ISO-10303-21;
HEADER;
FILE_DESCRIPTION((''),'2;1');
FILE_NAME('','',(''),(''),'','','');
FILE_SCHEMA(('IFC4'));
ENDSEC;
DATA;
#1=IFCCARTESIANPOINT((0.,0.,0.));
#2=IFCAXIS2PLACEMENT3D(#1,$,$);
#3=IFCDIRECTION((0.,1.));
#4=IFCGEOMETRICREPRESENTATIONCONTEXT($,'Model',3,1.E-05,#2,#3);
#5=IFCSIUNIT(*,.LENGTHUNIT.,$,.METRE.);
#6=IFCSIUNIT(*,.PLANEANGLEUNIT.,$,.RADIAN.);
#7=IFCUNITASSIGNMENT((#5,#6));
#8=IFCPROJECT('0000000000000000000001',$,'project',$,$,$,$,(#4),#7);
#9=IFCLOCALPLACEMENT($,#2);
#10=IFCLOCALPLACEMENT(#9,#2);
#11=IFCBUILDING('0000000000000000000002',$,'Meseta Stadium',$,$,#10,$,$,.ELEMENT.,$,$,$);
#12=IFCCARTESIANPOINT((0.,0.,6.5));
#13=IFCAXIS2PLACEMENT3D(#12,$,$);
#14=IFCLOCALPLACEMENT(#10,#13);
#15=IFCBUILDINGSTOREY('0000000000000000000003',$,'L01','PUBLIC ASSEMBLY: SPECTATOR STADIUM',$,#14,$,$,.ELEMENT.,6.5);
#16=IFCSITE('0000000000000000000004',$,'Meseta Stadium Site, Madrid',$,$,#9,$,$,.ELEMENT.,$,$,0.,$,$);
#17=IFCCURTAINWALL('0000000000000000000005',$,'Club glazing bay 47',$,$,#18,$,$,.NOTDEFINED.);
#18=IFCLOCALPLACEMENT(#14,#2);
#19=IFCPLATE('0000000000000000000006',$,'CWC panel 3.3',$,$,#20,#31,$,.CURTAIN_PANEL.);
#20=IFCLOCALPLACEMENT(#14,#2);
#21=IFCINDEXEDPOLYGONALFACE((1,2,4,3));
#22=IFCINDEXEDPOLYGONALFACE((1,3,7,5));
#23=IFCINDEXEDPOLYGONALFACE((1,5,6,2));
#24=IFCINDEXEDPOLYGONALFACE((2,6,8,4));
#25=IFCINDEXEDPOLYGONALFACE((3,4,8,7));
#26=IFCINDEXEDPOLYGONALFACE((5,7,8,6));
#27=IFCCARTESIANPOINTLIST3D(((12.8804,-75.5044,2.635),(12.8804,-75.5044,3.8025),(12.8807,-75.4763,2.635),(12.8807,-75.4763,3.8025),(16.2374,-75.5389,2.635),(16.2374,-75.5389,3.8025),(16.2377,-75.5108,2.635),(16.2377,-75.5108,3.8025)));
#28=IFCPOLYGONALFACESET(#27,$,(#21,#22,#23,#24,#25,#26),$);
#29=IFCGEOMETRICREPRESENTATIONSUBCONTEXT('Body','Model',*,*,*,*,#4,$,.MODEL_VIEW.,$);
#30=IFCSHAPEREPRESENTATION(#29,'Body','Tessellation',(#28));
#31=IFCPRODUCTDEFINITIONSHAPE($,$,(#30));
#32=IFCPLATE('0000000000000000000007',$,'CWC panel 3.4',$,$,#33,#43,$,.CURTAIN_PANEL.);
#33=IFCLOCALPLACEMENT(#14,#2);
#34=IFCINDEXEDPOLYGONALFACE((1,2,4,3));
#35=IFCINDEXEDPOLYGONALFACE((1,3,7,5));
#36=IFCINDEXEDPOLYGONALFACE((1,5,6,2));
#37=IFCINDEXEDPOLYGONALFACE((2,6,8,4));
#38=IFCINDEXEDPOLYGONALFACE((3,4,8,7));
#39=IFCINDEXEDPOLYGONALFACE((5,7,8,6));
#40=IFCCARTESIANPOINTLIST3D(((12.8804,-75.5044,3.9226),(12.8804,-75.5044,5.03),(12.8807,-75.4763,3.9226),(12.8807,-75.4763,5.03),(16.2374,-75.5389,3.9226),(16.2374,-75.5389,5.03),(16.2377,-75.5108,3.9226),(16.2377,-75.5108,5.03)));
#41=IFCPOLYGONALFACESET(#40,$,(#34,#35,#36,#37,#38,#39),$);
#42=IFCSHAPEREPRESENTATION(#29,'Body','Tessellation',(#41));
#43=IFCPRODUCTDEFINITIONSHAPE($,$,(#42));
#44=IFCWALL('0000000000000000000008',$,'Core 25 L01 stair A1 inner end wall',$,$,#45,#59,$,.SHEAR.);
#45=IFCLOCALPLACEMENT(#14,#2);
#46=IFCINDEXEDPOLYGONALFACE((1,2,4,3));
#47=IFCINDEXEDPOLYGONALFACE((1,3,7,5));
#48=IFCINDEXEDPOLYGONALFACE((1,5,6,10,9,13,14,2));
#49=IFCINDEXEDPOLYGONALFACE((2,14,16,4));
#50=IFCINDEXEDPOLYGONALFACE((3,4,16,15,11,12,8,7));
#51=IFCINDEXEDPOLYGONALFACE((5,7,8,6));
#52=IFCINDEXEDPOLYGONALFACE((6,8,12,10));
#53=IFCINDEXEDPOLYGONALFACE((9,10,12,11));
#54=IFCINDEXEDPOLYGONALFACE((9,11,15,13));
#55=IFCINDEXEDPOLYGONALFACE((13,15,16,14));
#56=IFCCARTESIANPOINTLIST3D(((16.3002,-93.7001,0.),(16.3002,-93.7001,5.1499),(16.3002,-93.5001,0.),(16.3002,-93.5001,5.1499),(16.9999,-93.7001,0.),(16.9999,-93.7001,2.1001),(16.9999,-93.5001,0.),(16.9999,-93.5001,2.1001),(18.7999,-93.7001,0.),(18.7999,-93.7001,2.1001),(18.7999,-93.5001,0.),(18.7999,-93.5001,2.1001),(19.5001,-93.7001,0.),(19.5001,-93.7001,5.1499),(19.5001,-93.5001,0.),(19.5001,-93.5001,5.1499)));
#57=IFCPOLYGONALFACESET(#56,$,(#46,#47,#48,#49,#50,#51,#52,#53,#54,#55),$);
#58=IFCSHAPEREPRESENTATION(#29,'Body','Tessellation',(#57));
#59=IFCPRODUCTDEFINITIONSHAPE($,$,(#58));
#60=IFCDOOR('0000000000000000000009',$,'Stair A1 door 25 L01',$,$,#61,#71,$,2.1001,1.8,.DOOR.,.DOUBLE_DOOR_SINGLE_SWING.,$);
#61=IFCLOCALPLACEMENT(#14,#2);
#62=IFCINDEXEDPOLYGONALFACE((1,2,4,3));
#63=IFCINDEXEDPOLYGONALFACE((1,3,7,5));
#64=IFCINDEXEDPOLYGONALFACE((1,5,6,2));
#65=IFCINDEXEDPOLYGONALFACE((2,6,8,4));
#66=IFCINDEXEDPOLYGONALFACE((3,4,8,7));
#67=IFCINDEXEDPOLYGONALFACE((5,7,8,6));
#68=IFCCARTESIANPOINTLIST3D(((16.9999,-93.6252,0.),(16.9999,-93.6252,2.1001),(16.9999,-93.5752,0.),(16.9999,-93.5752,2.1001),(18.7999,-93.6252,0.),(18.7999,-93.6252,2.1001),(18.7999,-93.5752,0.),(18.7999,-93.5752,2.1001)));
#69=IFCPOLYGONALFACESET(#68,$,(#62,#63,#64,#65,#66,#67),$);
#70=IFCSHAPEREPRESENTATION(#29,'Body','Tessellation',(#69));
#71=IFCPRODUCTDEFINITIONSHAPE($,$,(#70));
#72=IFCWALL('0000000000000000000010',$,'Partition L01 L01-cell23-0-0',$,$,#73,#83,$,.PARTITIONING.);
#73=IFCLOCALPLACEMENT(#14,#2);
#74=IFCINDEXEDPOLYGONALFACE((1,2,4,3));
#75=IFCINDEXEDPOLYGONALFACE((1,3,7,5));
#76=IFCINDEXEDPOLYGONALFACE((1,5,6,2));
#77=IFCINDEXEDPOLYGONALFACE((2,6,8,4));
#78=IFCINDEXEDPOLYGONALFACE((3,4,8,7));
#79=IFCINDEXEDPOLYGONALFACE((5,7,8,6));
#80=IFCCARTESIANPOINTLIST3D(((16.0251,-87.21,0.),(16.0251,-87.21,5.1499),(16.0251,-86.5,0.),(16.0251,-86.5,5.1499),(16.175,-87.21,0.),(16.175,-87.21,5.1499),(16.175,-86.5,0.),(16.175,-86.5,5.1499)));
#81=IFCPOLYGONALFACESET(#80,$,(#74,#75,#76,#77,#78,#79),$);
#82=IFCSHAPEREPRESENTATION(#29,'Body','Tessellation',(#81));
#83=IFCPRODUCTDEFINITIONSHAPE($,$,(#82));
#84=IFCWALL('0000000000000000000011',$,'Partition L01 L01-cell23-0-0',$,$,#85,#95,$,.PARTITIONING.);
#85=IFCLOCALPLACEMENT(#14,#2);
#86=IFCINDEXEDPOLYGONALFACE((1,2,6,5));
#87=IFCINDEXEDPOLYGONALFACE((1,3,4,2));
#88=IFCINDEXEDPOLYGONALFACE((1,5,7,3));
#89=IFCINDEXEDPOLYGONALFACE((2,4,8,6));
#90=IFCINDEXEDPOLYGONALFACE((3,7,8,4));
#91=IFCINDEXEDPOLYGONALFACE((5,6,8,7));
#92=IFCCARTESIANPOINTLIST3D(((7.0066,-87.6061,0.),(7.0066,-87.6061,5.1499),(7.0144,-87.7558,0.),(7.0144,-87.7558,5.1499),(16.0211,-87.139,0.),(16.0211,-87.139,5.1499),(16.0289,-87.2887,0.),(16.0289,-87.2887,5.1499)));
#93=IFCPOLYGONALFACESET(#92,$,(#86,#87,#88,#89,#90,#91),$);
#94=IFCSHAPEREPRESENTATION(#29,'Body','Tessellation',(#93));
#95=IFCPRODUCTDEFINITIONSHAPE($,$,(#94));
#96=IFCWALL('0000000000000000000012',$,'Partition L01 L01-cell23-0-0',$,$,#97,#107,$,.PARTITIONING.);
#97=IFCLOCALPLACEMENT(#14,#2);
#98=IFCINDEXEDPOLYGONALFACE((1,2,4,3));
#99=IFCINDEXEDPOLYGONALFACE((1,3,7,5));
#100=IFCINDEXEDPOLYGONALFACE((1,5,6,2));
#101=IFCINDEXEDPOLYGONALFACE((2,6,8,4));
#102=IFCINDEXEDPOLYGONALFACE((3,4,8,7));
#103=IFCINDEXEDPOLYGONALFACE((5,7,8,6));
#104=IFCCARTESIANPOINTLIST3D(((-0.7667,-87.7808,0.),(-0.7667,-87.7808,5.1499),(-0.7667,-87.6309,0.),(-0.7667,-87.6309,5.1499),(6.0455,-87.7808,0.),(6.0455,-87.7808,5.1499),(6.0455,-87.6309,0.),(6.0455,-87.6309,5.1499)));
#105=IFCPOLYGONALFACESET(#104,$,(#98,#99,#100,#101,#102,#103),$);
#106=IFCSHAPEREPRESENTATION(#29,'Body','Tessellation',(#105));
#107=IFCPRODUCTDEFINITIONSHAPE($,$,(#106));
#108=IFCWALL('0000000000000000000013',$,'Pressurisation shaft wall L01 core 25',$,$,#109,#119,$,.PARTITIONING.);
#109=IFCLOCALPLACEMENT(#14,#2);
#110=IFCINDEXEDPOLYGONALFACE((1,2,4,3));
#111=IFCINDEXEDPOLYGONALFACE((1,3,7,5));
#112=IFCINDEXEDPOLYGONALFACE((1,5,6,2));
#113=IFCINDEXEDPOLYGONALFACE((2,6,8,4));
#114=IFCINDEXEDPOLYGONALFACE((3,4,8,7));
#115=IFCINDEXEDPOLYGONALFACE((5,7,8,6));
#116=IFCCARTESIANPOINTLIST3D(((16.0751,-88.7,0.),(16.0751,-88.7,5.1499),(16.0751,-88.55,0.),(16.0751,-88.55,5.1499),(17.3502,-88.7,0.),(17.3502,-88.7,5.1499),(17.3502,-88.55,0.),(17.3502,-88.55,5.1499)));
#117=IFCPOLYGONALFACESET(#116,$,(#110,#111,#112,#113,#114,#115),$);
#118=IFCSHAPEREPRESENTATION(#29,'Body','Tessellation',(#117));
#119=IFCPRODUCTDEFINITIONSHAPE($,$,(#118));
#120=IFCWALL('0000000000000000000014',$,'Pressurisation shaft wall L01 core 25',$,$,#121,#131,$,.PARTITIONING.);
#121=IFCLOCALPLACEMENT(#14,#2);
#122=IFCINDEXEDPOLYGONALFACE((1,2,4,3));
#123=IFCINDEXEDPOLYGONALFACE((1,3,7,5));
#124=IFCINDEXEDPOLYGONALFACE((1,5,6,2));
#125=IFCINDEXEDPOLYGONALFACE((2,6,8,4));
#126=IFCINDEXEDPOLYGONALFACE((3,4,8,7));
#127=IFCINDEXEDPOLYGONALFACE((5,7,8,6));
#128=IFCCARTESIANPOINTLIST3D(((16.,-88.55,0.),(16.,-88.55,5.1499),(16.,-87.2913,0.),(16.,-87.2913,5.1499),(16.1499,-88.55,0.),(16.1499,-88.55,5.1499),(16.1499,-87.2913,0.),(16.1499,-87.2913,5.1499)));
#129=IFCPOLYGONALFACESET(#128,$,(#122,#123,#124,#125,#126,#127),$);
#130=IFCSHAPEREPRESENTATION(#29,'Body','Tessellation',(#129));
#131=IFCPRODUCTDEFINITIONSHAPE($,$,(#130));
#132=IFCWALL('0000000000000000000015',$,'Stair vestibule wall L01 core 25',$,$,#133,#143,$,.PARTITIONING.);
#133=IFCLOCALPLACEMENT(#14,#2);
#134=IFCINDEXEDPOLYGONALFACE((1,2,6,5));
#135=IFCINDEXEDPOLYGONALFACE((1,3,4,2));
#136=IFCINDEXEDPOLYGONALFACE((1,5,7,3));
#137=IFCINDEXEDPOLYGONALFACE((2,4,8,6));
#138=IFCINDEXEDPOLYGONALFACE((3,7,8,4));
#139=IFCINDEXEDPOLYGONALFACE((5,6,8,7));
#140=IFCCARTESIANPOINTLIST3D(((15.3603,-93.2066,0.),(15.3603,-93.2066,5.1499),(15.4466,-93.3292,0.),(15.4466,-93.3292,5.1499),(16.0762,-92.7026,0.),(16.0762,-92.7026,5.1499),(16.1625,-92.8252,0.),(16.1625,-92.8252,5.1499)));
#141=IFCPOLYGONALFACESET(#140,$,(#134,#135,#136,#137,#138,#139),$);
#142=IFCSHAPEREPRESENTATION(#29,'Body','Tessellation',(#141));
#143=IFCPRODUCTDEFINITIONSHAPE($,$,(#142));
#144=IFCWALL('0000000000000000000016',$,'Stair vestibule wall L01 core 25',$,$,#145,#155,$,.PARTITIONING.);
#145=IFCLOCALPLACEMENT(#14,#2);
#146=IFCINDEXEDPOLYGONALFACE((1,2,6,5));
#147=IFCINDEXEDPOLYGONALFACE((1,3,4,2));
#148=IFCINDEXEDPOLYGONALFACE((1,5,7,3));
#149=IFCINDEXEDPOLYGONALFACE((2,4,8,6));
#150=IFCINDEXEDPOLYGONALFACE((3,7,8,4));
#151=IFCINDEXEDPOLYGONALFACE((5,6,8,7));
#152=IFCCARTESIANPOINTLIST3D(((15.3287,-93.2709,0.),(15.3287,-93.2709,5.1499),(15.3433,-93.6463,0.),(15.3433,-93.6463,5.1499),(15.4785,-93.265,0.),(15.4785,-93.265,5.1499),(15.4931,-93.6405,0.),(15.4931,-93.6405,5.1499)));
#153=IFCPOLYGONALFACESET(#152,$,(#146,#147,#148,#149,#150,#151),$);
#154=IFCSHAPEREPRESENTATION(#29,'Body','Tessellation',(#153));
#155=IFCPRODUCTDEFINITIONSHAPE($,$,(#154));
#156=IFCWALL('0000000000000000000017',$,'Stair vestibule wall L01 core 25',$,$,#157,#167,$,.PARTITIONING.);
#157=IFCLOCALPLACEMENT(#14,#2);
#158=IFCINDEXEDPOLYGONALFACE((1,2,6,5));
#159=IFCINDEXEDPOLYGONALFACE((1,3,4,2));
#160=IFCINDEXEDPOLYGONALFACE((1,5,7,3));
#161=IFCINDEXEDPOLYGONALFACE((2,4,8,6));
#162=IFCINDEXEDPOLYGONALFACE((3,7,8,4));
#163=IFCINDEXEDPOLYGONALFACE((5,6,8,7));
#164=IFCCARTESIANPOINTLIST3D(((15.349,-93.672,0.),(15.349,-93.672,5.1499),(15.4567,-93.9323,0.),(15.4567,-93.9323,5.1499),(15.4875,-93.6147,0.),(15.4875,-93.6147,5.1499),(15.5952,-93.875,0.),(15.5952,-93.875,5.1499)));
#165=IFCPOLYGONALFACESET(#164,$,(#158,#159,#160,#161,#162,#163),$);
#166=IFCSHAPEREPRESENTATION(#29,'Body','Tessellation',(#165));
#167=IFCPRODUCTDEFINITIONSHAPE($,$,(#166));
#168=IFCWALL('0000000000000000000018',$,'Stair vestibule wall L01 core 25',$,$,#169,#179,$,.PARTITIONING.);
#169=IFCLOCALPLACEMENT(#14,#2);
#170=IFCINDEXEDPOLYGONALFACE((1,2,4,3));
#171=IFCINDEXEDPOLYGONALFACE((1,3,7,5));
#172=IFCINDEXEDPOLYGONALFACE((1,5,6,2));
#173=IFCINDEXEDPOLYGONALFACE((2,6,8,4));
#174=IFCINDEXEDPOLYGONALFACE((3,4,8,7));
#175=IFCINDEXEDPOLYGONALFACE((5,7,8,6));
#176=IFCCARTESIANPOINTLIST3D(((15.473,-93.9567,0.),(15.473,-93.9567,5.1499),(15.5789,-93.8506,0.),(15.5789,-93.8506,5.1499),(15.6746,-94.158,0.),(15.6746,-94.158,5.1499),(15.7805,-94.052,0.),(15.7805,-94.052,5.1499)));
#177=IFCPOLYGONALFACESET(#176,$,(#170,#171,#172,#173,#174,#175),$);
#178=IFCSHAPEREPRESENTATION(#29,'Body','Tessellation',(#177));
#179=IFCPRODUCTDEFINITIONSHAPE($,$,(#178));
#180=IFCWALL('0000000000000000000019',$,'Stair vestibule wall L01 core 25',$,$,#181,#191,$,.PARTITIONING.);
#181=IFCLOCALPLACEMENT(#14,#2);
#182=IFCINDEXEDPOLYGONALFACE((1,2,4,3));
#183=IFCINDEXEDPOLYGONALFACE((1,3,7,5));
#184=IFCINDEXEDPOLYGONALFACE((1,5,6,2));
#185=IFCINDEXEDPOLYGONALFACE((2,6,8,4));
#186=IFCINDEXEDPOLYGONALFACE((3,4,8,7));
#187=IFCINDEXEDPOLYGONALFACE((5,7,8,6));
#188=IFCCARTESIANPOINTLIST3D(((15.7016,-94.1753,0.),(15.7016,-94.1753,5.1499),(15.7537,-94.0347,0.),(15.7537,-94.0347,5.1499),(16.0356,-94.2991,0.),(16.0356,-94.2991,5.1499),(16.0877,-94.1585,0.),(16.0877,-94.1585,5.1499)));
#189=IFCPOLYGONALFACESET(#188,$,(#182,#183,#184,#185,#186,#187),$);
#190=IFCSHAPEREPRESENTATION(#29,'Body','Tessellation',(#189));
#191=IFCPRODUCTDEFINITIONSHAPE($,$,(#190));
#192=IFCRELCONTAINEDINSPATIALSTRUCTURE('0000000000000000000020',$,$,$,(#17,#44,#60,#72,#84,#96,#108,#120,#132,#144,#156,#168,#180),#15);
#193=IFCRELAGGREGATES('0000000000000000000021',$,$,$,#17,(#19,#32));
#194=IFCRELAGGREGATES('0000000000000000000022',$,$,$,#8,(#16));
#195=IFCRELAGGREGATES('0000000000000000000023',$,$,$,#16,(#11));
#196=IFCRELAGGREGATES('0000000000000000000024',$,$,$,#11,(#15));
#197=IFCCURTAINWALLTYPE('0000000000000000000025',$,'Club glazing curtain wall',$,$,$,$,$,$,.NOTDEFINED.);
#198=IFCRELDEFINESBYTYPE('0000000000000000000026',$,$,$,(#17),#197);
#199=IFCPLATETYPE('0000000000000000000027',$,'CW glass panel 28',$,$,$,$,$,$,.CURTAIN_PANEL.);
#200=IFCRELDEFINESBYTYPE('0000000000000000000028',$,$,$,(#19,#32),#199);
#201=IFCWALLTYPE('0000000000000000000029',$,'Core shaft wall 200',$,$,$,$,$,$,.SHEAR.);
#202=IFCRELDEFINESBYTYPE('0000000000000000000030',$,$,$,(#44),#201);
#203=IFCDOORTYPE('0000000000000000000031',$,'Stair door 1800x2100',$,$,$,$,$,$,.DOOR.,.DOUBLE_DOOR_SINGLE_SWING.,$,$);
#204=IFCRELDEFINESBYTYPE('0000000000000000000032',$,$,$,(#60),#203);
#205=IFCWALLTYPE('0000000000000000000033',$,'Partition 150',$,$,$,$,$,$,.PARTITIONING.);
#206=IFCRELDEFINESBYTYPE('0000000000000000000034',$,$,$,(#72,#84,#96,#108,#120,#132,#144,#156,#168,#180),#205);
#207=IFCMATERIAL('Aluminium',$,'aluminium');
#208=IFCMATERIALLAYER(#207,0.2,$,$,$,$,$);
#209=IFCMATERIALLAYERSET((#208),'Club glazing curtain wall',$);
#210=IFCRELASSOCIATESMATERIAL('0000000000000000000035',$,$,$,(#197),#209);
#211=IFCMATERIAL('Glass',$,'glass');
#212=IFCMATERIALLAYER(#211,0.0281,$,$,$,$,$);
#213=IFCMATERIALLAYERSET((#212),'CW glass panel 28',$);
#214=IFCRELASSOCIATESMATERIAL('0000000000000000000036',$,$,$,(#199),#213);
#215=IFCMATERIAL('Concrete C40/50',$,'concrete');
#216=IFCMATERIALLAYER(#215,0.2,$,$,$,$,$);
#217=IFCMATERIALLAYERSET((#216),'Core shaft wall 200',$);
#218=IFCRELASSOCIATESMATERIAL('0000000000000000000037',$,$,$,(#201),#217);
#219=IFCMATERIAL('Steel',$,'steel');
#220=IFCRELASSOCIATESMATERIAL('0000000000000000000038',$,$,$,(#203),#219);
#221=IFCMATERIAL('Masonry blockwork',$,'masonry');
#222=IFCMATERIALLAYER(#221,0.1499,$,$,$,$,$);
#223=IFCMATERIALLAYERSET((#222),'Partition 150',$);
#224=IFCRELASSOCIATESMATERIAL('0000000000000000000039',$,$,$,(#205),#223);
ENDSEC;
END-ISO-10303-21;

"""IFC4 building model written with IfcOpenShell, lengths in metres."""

from ifc_helpers import new_model, si_unit, direction, frame, frame_2d, origin, origin_2d, place, context, subcontext, project, spatial, rectangle, extrude, material, layer, layer_set, type_object, element, fill, aggregate, save


model = new_model("IFC4")

# Units and contexts
model_context = context("Model", 3, precision=1e-05, world=origin(), true_north=direction((0.0, 1.0)))
body_context = subcontext(model_context, "Body", "Model", "MODEL_VIEW")
ifc_project = project(units=[si_unit("LENGTHUNIT", "METRE"), si_unit("PLANEANGLEUNIT", "RADIAN")], contexts=[model_context])

# Site, building, storey
site_placement = place(None, origin())
site = spatial("IfcSite", under=ifc_project, at=site_placement, Name="Meseta Stadium Site, Madrid", CompositionType="ELEMENT", RefElevation=0.0)
building_placement = place(site_placement, origin())
building = spatial("IfcBuilding", under=site, at=building_placement, Name="Meseta Stadium", CompositionType="ELEMENT")
storey_placement = place(building_placement, frame((0.0, 0.0, 6.5)))
storey = spatial("IfcBuildingStorey", under=building, at=storey_placement, Name="L01", Description="PUBLIC ASSEMBLY: SPECTATOR STADIUM", CompositionType="ELEMENT", Elevation=6.5)

# Curtain wall
ifc_material_1 = material(Name="Aluminium", Category="aluminium")
ifc_layer_1 = layer(ifc_material_1, 0.2)
ifc_layer_set_1 = layer_set([ifc_layer_1], Name="Club glazing curtain wall")
curtain_wall_type = type_object("IfcCurtainWallType", Name="Club glazing curtain wall", PredefinedType="NOTDEFINED", material=ifc_layer_set_1)
curtain_wall_placement = place(storey_placement, origin())
curtain_wall = element("IfcCurtainWall", 1, at=curtain_wall_placement, inside=storey, type_object=curtain_wall_type, Name="Club glazing bay 47", PredefinedType="NOTDEFINED")

# Plates
ifc_material_2 = material(Name="Glass", Category="glass")
ifc_layer_2 = layer(ifc_material_2, 0.0281)
ifc_layer_set_2 = layer_set([ifc_layer_2], Name="CW glass panel 28")
plate_type = type_object("IfcPlateType", Name="CW glass panel 28", PredefinedType="CURTAIN_PANEL", material=ifc_layer_set_2)
plate_1_placement = place(storey_placement, frame((14.5591, -75.5076, 2.635), z_axis=(0.0, 0.0, 1.0), x_axis=(0.999947, -0.010279, 0.0)))
plate_1 = element("IfcPlate", 2, at=plate_1_placement, type_object=plate_type, Name="CWC panel 3.3", PredefinedType="CURTAIN_PANEL", context=body_context, shape_type="SweptSolid", body=[
    extrude(rectangle(XDim=3.3572, YDim=0.0281, at=origin_2d()), origin(), (0.0, 0.0, 1.0), 1.1675),
])
plate_2_placement = place(storey_placement, frame((14.5591, -75.5076, 3.9226), z_axis=(0.0, 0.0, 1.0), x_axis=(0.999947, -0.010279, 0.0)))
plate_2 = element("IfcPlate", 3, at=plate_2_placement, type_object=plate_type, Name="CWC panel 3.4", PredefinedType="CURTAIN_PANEL", context=body_context, shape_type="SweptSolid", body=[
    extrude(rectangle(XDim=3.3572, YDim=0.0281, at=origin_2d()), origin(), (0.0, 0.0, 1.0), 1.1074),
])
aggregate(curtain_wall, [plate_1, plate_2])

# Wall, opening, door
ifc_material_3 = material(Name="Concrete C40/50", Category="concrete")
ifc_layer_3 = layer(ifc_material_3, 0.2)
ifc_layer_set_3 = layer_set([ifc_layer_3], Name="Core shaft wall 200")
wall_type_1 = type_object("IfcWallType", Name="Core shaft wall 200", PredefinedType="SHEAR", material=ifc_layer_set_3)
wall_1_placement = place(storey_placement, frame((16.3, -93.6001, 0.0), z_axis=(0.0, 0.0, 1.0), x_axis=(1.0, 0.0, 0.0)))
wall_1 = element("IfcWall", 4, at=wall_1_placement, inside=storey, type_object=wall_type_1, Name="Core 25 L01 stair A1 inner end wall", PredefinedType="SHEAR", context=body_context, shape_type="SweptSolid", body=[
    extrude(rectangle(XDim=3.2, YDim=0.2, at=frame_2d((1.6001, 0.0))), origin(), (0.0, 0.0, 1.0), 5.1499),
])
opening_placement = place(wall_1_placement, frame((0.7, 0.0, 0.0)))
opening = element("IfcOpeningElement", 5, at=opening_placement, cuts=wall_1, PredefinedType="OPENING", context=body_context, shape_type="SweptSolid", body=[
    extrude(rectangle(XDim=1.8, YDim=2.1001, at=frame_2d((0.8999, 1.05))), frame((0.0, 0.1099, 0.0), z_axis=(0.0, -1.0, 0.0), x_axis=(1.0, 0.0, 0.0)), (0.0, 0.0, 1.0), 0.22),
])
ifc_material_4 = material(Name="Steel", Category="steel")
door_type = type_object("IfcDoorType", Name="Stair door 1800x2100", OperationType="DOUBLE_DOOR_SINGLE_SWING", PredefinedType="DOOR", material=ifc_material_4)
door_placement = place(opening_placement, origin())
door = element("IfcDoor", 6, at=door_placement, inside=storey, type_object=door_type, Name="Stair A1 door 25 L01", OperationType="DOUBLE_DOOR_SINGLE_SWING", OverallHeight=2.1001, OverallWidth=1.8, PredefinedType="DOOR", context=body_context, shape_type="SweptSolid", body=[
    extrude(rectangle(XDim=1.8, YDim=2.1001, at=frame_2d((0.8999, 1.05))), frame((0.0, 0.0249, 0.0), z_axis=(0.0, -1.0, 0.0), x_axis=(1.0, 0.0, 0.0)), (0.0, 0.0, 1.0), 0.05),
])
fill(opening, door)

# Walls
ifc_material_5 = material(Name="Masonry blockwork", Category="masonry")
ifc_layer_4 = layer(ifc_material_5, 0.1499)
ifc_layer_set_4 = layer_set([ifc_layer_4], Name="Partition 150")
wall_type_2 = type_object("IfcWallType", Name="Partition 150", PredefinedType="PARTITIONING", material=ifc_layer_set_4)
wall_2_placement = place(storey_placement, frame((16.1001, -86.5, 0.0), z_axis=(0.0, 0.0, 1.0), x_axis=(0.0, -1.0, 0.0)))
element("IfcWall", 7, at=wall_2_placement, inside=storey, type_object=wall_type_2, Name="Partition L01 L01-cell23-0-0", PredefinedType="PARTITIONING", context=body_context, shape_type="SweptSolid", body=[
    extrude(rectangle(XDim=0.71, YDim=0.1499, at=frame_2d((0.355, 0.0))), origin(), (0.0, 0.0, 1.0), 5.1499),
])
wall_3_placement = place(storey_placement, frame((16.0249, -87.2139, 0.0), z_axis=(0.0, 0.0, 1.0), x_axis=(-0.998661, -0.051741, 0.0)))
element("IfcWall", 8, at=wall_3_placement, inside=storey, type_object=wall_type_2, Name="Partition L01 L01-cell23-0-0", PredefinedType="PARTITIONING", context=body_context, shape_type="SweptSolid", body=[
    extrude(rectangle(XDim=9.0266, YDim=0.1499, at=frame_2d((4.5132, 0.0))), origin(), (0.0, 0.0, 1.0), 5.1499),
])
wall_4_placement = place(storey_placement, frame((6.0457, -87.7058, 0.0), z_axis=(0.0, 0.0, 1.0), x_axis=(-1.0, 0.0, 0.0)))
element("IfcWall", 9, at=wall_4_placement, inside=storey, type_object=wall_type_2, Name="Partition L01 L01-cell23-0-0", PredefinedType="PARTITIONING", context=body_context, shape_type="SweptSolid", body=[
    extrude(rectangle(XDim=6.8123, YDim=0.1499, at=frame_2d((3.4062, 0.0))), origin(), (0.0, 0.0, 1.0), 5.1499),
])
wall_5_placement = place(storey_placement, frame((16.075, -88.625, 0.0), z_axis=(0.0, 0.0, 1.0), x_axis=(1.0, 0.0, 0.0)))
element("IfcWall", 10, at=wall_5_placement, inside=storey, type_object=wall_type_2, Name="Pressurisation shaft wall L01 core 25", PredefinedType="PARTITIONING", context=body_context, shape_type="SweptSolid", body=[
    extrude(rectangle(XDim=1.2751, YDim=0.1499, at=frame_2d((0.6377, 0.0))), origin(), (0.0, 0.0, 1.0), 5.1499),
])
wall_6_placement = place(storey_placement, frame((16.075, -87.2913, 0.0), z_axis=(0.0, 0.0, 1.0), x_axis=(0.0, -1.0, 0.0)))
element("IfcWall", 11, at=wall_6_placement, inside=storey, type_object=wall_type_2, Name="Pressurisation shaft wall L01 core 25", PredefinedType="PARTITIONING", context=body_context, shape_type="SweptSolid", body=[
    extrude(rectangle(XDim=1.2588, YDim=0.1499, at=frame_2d((0.6294, 0.0))), origin(), (0.0, 0.0, 1.0), 5.1499),
])
wall_7_placement = place(storey_placement, frame((16.1194, -92.7639, 0.0), z_axis=(0.0, 0.0, 1.0), x_axis=(-0.817709, -0.575632, 0.0)))
element("IfcWall", 12, at=wall_7_placement, inside=storey, type_object=wall_type_2, Name="Stair vestibule wall L01 core 25", PredefinedType="PARTITIONING", context=body_context, shape_type="SweptSolid", body=[
    extrude(rectangle(XDim=0.8755, YDim=0.1499, at=frame_2d((0.4377, 0.0))), origin(), (0.0, 0.0, 1.0), 5.1499),
])
wall_8_placement = place(storey_placement, frame((15.4036, -93.2678, 0.0), z_axis=(0.0, 0.0, 1.0), x_axis=(0.038982, -0.99924, 0.0)))
element("IfcWall", 13, at=wall_8_placement, inside=storey, type_object=wall_type_2, Name="Stair vestibule wall L01 core 25", PredefinedType="PARTITIONING", context=body_context, shape_type="SweptSolid", body=[
    extrude(rectangle(XDim=0.3757, YDim=0.1499, at=frame_2d((0.188, 0.0))), origin(), (0.0, 0.0, 1.0), 5.1499),
])
wall_9_placement = place(storey_placement, frame((15.4182, -93.6433, 0.0), z_axis=(0.0, 0.0, 1.0), x_axis=(0.382275, -0.924049, 0.0)))
element("IfcWall", 14, at=wall_9_placement, inside=storey, type_object=wall_type_2, Name="Stair vestibule wall L01 core 25", PredefinedType="PARTITIONING", context=body_context, shape_type="SweptSolid", body=[
    extrude(rectangle(XDim=0.2817, YDim=0.1499, at=frame_2d((0.1409, 0.0))), origin(), (0.0, 0.0, 1.0), 5.1499),
])
wall_10_placement = place(storey_placement, frame((15.5259, -93.9036, 0.0), z_axis=(0.0, 0.0, 1.0), x_axis=(0.707535, -0.706678, 0.0)))
element("IfcWall", 15, at=wall_10_placement, inside=storey, type_object=wall_type_2, Name="Stair vestibule wall L01 core 25", PredefinedType="PARTITIONING", context=body_context, shape_type="SweptSolid", body=[
    extrude(rectangle(XDim=0.2849, YDim=0.1499, at=frame_2d((0.1426, 0.0))), origin(), (0.0, 0.0, 1.0), 5.1499),
])
wall_11_placement = place(storey_placement, frame((15.7275, -94.105, 0.0), z_axis=(0.0, 0.0, 1.0), x_axis=(0.937674, -0.347515, 0.0)))
element("IfcWall", 16, at=wall_11_placement, inside=storey, type_object=wall_type_2, Name="Stair vestibule wall L01 core 25", PredefinedType="PARTITIONING", context=body_context, shape_type="SweptSolid", body=[
    extrude(rectangle(XDim=0.3562, YDim=0.1499, at=frame_2d((0.1782, 0.0))), origin(), (0.0, 0.0, 1.0), 5.1499),
])

save(model, "model.ifc")
